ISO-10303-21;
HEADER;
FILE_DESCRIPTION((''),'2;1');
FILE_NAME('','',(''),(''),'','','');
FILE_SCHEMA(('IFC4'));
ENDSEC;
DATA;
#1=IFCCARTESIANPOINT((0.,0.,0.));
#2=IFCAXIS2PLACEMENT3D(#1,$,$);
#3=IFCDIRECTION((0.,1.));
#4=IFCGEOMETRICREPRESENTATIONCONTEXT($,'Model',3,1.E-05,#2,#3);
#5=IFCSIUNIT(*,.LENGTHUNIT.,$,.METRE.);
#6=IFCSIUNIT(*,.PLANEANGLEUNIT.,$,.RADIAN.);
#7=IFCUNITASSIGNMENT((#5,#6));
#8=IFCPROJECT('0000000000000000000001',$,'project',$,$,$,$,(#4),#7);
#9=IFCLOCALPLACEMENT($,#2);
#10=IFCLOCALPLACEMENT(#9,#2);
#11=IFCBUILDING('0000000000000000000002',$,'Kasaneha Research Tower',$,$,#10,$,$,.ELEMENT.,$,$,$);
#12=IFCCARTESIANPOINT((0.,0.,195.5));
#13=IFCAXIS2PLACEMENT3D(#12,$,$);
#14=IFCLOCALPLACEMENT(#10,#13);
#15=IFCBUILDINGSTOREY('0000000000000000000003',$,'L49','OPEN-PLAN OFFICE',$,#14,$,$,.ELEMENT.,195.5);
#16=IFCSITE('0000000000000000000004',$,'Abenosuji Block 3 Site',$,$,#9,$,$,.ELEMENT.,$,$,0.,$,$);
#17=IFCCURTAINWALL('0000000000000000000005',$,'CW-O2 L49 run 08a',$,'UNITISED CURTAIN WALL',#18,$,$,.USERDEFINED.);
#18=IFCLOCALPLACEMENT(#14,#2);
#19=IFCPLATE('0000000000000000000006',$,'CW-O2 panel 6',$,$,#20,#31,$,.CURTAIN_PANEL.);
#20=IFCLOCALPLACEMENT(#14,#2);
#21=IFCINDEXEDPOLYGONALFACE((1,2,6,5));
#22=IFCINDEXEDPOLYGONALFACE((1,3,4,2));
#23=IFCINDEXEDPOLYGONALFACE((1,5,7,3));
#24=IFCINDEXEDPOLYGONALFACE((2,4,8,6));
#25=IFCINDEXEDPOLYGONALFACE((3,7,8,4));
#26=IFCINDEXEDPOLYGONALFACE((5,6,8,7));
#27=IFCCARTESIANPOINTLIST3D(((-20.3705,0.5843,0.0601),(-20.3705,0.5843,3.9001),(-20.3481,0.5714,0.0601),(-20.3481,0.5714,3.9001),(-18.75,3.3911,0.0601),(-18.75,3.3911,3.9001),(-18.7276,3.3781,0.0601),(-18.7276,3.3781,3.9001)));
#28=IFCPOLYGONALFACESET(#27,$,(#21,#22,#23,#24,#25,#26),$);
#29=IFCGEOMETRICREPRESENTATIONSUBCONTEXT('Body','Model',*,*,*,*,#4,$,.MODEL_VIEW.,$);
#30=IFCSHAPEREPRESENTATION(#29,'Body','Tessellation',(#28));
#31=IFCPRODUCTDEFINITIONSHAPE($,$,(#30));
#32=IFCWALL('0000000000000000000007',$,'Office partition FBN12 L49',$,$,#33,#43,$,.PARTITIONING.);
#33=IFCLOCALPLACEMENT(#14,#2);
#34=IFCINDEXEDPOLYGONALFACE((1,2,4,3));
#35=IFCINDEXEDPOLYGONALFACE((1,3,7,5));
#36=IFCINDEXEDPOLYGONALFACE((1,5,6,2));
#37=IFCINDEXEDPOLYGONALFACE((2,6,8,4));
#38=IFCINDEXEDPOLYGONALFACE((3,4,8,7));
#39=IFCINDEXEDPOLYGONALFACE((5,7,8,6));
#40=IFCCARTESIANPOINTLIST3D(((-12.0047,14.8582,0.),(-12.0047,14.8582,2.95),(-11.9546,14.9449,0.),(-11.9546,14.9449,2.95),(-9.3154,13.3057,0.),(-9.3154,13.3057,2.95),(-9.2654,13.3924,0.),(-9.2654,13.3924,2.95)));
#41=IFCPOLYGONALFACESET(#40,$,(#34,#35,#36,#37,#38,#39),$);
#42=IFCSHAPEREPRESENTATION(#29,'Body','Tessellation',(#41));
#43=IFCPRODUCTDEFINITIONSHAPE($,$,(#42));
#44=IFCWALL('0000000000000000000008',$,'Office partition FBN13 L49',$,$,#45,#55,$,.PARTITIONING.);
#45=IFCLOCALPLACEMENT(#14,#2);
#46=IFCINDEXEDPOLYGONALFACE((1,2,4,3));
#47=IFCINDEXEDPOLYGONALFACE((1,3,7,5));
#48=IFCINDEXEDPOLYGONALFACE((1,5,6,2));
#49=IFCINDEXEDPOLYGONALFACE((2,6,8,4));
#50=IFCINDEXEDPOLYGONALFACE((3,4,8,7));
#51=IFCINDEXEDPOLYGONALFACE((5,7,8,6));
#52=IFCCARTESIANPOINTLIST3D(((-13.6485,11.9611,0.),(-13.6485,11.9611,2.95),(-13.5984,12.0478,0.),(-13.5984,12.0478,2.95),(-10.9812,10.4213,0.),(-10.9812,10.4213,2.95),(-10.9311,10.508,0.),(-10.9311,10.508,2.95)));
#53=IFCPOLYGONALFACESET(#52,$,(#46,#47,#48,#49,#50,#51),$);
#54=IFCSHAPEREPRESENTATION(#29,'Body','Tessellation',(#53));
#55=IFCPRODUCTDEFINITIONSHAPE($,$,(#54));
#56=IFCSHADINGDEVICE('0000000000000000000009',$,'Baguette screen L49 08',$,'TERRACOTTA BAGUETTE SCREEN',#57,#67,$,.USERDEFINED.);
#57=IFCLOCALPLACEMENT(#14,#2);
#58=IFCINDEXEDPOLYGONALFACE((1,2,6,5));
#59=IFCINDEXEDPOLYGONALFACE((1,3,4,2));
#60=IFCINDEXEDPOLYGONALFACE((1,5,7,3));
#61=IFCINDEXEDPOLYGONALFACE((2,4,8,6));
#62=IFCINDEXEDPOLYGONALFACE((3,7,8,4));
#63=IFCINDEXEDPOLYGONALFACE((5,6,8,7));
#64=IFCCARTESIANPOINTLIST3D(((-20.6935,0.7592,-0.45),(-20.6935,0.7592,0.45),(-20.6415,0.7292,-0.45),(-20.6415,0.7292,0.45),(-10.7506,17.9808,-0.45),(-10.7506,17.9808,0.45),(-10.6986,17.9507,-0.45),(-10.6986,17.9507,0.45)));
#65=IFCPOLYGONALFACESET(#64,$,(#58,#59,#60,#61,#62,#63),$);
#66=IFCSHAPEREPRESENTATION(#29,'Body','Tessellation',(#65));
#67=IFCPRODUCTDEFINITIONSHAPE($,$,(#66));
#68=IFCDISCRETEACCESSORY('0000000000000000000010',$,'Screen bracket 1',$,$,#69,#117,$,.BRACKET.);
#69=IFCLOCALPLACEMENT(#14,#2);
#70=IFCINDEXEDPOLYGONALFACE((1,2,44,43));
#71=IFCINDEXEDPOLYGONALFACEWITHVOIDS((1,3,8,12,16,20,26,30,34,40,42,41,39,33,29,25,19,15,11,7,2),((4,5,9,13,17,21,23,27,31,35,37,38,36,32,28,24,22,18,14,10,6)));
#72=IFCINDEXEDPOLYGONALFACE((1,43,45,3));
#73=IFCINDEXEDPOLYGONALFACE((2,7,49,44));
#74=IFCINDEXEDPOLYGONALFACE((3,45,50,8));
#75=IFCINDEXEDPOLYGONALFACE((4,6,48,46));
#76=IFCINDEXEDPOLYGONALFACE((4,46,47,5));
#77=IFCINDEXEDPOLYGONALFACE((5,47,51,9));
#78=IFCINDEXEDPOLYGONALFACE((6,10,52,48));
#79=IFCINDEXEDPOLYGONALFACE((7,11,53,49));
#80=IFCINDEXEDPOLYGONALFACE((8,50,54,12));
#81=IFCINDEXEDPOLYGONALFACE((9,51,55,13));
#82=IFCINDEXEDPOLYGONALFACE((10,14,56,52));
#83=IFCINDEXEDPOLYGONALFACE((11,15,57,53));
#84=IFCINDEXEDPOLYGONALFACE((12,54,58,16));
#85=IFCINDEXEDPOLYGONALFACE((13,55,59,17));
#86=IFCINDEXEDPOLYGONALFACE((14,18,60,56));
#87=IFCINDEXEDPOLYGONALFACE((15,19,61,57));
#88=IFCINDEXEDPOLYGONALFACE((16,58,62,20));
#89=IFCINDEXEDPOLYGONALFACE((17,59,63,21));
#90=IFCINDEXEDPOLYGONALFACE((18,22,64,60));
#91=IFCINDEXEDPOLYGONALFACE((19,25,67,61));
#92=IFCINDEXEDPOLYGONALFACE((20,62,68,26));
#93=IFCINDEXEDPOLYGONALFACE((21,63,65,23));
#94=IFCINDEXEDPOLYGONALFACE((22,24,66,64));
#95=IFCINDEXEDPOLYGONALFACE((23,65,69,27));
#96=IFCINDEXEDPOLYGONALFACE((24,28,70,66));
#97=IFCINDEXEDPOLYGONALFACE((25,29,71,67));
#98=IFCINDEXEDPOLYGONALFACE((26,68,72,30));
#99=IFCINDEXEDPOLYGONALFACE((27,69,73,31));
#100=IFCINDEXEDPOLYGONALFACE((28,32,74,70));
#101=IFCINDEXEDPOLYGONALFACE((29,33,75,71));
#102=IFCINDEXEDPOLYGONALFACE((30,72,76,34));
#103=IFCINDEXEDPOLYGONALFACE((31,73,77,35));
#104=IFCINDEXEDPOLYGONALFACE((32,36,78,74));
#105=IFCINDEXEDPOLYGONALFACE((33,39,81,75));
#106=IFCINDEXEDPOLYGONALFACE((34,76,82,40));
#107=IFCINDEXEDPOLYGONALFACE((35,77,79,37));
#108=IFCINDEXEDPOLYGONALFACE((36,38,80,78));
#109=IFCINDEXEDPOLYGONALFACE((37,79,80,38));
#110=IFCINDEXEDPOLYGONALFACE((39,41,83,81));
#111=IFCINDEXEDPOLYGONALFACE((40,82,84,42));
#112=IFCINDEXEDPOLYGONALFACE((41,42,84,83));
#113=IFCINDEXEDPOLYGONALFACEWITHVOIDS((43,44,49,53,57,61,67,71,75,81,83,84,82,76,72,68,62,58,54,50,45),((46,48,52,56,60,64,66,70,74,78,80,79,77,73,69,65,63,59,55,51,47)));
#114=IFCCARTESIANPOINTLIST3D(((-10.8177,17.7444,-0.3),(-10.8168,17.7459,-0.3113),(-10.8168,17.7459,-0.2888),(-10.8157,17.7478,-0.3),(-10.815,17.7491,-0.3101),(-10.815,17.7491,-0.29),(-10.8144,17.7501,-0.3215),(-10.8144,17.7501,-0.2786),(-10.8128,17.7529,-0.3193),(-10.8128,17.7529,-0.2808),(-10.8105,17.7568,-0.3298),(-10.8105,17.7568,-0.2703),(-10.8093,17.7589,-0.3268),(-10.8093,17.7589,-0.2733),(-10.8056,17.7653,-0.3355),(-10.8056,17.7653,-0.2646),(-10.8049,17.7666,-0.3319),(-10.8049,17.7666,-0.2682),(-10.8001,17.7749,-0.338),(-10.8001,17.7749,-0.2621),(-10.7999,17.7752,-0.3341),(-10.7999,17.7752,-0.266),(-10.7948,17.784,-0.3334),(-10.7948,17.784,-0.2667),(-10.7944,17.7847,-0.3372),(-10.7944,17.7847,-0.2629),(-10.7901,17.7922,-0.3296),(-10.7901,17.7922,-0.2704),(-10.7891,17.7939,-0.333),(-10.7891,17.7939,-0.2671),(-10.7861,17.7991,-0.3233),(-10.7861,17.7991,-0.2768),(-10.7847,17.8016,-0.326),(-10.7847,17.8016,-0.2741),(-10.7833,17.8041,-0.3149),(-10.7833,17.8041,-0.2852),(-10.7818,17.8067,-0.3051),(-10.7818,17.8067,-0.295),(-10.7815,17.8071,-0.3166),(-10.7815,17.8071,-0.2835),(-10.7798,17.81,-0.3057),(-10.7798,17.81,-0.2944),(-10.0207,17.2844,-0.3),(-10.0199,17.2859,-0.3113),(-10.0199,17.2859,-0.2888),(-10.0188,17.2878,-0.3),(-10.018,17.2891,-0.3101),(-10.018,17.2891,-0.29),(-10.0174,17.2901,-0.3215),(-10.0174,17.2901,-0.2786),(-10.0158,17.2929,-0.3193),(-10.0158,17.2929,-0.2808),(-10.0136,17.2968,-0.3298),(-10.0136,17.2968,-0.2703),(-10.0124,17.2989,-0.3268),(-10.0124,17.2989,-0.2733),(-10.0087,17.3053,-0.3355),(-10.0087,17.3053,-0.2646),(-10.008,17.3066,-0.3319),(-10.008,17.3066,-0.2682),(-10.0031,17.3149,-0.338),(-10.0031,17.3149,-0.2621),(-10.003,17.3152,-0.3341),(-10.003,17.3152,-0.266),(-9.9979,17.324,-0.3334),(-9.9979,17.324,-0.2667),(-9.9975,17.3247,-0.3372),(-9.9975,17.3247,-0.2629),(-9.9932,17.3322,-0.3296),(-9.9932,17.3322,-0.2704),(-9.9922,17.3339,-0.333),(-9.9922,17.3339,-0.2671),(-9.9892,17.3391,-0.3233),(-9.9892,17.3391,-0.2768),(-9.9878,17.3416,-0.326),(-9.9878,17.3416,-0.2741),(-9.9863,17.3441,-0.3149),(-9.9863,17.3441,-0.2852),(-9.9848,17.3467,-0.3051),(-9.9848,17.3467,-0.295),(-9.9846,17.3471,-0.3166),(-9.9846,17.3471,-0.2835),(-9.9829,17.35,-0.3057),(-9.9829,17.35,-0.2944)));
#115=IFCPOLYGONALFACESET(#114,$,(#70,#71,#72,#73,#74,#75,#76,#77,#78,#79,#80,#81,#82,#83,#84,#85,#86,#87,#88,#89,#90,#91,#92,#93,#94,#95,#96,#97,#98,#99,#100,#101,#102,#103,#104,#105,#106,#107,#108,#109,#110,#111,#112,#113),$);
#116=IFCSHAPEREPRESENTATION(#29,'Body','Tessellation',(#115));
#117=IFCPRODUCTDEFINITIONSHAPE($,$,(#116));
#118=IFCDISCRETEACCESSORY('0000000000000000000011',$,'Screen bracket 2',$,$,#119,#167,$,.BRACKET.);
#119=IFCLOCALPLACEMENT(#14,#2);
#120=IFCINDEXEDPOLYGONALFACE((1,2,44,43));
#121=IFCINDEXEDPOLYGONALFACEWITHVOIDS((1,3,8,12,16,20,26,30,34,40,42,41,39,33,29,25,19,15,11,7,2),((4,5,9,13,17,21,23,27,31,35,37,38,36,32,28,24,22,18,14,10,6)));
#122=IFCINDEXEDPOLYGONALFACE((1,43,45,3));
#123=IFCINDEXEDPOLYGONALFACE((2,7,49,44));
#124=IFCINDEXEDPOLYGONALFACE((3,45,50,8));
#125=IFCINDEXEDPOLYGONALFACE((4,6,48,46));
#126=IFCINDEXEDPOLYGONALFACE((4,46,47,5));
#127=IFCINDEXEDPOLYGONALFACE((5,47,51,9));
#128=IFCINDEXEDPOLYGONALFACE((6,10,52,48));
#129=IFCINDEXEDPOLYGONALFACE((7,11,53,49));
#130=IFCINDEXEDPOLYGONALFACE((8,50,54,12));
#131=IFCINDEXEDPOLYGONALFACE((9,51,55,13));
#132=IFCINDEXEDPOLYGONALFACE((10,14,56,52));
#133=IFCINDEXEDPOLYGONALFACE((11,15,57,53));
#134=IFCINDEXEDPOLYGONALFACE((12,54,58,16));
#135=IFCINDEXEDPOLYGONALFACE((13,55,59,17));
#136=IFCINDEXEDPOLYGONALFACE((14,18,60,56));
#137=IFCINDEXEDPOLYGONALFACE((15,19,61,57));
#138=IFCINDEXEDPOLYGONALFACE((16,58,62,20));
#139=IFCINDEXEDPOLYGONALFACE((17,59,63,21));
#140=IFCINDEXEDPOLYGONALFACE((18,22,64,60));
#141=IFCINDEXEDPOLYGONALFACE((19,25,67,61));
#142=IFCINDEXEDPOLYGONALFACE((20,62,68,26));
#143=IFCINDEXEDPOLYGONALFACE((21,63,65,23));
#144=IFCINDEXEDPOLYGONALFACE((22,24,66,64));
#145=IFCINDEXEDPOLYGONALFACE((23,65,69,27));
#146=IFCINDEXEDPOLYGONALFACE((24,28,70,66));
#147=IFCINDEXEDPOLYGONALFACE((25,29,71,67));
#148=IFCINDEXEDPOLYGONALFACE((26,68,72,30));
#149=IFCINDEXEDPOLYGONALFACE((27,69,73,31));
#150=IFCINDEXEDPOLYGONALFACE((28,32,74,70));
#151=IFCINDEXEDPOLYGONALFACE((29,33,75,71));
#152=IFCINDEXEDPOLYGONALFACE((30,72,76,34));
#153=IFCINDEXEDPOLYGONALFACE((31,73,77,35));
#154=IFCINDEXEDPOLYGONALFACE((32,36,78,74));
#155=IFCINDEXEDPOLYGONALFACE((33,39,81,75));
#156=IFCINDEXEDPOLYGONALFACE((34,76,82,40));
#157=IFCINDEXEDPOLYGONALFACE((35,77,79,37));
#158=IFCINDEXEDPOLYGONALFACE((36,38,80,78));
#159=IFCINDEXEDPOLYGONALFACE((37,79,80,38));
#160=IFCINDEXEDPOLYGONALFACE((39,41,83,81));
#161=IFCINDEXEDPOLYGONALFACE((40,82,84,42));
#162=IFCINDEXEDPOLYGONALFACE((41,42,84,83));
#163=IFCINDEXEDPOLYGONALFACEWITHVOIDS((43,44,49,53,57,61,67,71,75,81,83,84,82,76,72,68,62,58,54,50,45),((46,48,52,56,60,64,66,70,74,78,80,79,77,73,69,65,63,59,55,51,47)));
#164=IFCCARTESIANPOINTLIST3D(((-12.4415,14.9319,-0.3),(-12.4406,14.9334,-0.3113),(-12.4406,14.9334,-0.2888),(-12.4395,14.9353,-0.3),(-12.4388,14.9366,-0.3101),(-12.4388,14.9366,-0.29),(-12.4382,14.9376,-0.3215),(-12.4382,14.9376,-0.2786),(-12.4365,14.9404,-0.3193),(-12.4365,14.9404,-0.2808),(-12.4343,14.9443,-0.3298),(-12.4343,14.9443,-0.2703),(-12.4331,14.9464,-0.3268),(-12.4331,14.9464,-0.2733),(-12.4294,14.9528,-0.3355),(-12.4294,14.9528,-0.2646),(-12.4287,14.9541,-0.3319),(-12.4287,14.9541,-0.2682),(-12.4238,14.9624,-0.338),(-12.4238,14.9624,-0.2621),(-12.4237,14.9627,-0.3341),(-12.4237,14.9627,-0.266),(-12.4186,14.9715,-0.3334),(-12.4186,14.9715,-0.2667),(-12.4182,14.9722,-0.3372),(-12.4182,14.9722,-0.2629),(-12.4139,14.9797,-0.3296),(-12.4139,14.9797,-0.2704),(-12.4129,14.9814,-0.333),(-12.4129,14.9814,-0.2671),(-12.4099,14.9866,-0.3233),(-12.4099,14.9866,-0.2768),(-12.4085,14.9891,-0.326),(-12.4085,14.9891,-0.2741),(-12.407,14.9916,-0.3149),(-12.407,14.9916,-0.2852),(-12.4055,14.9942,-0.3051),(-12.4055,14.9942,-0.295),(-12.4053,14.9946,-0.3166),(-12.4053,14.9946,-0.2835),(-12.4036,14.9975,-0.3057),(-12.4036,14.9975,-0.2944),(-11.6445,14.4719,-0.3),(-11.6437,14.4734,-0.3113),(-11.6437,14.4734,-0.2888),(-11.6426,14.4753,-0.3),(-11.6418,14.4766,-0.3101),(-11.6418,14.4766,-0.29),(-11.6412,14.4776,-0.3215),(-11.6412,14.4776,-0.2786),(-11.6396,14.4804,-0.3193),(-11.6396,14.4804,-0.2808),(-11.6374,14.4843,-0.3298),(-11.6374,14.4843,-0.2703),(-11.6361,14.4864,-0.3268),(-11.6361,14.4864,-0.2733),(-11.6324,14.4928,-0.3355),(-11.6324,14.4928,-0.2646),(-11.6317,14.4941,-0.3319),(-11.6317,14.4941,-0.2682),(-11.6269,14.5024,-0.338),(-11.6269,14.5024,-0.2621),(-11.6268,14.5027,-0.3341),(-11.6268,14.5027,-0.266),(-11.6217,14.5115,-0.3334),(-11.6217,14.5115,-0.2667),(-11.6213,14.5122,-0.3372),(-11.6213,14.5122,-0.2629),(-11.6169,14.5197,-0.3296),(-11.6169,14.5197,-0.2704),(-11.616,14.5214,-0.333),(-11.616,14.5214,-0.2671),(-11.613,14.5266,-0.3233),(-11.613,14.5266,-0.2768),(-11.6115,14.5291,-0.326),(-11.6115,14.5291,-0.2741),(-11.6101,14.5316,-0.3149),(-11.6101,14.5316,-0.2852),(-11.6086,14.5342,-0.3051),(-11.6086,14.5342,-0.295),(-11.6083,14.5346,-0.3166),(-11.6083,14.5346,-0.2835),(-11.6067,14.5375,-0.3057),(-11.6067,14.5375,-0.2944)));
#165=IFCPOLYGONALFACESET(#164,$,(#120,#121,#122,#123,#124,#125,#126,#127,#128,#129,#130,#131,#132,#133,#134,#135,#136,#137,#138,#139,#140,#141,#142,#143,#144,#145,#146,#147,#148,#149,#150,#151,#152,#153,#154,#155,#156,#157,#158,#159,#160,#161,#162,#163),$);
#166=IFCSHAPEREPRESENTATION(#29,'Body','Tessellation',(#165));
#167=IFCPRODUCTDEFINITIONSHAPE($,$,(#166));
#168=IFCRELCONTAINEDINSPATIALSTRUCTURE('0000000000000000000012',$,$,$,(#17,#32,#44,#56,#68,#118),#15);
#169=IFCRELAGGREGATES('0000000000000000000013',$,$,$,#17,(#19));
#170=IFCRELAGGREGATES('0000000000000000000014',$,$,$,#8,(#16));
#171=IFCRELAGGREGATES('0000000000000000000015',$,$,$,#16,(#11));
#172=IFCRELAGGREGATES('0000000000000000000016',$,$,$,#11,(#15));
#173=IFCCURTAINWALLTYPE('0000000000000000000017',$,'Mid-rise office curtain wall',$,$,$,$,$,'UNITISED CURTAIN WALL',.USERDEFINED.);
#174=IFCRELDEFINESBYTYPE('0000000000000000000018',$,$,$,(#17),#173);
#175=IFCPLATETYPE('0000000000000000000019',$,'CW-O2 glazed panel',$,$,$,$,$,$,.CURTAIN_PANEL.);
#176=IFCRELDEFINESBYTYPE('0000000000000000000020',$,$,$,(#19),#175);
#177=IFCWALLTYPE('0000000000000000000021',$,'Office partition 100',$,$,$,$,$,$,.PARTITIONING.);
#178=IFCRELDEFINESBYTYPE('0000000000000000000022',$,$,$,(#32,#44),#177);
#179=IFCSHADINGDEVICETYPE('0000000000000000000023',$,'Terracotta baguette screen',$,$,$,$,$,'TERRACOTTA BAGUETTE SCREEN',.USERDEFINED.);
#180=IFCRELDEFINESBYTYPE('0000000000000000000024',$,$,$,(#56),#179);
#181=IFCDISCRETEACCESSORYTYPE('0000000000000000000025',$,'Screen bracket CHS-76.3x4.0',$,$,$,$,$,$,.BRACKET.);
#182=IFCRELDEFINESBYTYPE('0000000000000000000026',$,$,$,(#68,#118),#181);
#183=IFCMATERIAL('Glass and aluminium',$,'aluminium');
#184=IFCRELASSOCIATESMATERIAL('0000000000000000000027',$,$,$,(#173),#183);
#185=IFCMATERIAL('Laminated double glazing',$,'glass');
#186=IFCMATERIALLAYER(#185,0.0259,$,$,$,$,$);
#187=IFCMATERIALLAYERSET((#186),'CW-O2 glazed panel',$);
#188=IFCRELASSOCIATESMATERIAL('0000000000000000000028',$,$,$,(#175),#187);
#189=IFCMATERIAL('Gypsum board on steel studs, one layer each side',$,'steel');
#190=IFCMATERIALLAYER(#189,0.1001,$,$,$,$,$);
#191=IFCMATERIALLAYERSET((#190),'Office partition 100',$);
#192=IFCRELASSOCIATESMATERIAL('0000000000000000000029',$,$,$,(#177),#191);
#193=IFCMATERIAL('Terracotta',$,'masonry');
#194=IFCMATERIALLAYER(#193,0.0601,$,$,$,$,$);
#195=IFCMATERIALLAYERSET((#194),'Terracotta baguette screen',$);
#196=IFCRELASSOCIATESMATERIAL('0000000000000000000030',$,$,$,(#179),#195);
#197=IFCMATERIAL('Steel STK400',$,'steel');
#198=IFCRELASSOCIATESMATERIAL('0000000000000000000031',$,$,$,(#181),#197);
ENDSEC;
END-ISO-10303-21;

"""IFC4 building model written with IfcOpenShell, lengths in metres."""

from ifc_helpers import new_model, si_unit, direction, frame, frame_2d, origin, origin_2d, place, context, subcontext, project, spatial, rectangle, hollow_circle, extrude, material, layer, layer_set, material_profile, profile_set, type_object, element, aggregate, save


model = new_model("IFC4")

# Units and contexts
model_context = context("Model", 3, precision=1e-05, world=origin(), true_north=direction((0.0, 1.0)))
body_context = subcontext(model_context, "Body", "Model", "MODEL_VIEW")
ifc_project = project(units=[si_unit("LENGTHUNIT", "METRE"), si_unit("PLANEANGLEUNIT", "RADIAN")], contexts=[model_context])

# Site, building, storey
site_placement = place(None, origin())
site = spatial("IfcSite", under=ifc_project, at=site_placement, Name="Abenosuji Block 3 Site", CompositionType="ELEMENT", RefElevation=0.0)
building_placement = place(site_placement, origin())
building = spatial("IfcBuilding", under=site, at=building_placement, Name="Kasaneha Research Tower", CompositionType="ELEMENT")
storey_placement = place(building_placement, frame((0.0, 0.0, 195.5)))
storey = spatial("IfcBuildingStorey", under=building, at=storey_placement, Name="L49", Description="OPEN-PLAN OFFICE", CompositionType="ELEMENT", Elevation=195.5)

# Shared definitions
ifc_material_1 = material(Name="Glass and aluminium", Category="aluminium")
curtain_wall_type = type_object("IfcCurtainWallType", Name="Mid-rise office curtain wall", ElementType="UNITISED CURTAIN WALL", PredefinedType="USERDEFINED", material=ifc_material_1)

# Curtain wall
curtain_wall_1_placement = place(storey_placement, origin())
curtain_wall_1 = element("IfcCurtainWall", 1, at=curtain_wall_1_placement, inside=storey, type_object=curtain_wall_type, Name="CW-O2 L49 run 08a", ObjectType="UNITISED CURTAIN WALL", PredefinedType="USERDEFINED")

# Plate
ifc_material_2 = material(Name="Laminated double glazing", Category="glass")
ifc_layer_1 = layer(ifc_material_2, 0.0259)
ifc_layer_set_1 = layer_set([ifc_layer_1], Name="CW-O2 glazed panel")
plate_type = type_object("IfcPlateType", Name="CW-O2 glazed panel", PredefinedType="CURTAIN_PANEL", material=ifc_layer_set_1)
plate_1_placement = place(storey_placement, frame((-19.5491, 1.9812, 0.0601), z_axis=(0.0, 0.0, 1.0), x_axis=(-0.5, -0.866025, 0.0)))
plate_1 = element("IfcPlate", 2, at=plate_1_placement, type_object=plate_type, Name="CW-O2 panel 6", PredefinedType="CURTAIN_PANEL", context=body_context, shape_type="SweptSolid", body=[
    extrude(rectangle(XDim=3.241, YDim=0.0259, at=origin_2d()), origin(), (0.0, 0.0, 1.0), 3.8401),
])
aggregate(curtain_wall_1, [plate_1])

# Walls
ifc_material_3 = material(Name="Gypsum board on steel studs, one layer each side", Category="steel")
ifc_layer_2 = layer(ifc_material_3, 0.1001)
ifc_layer_set_2 = layer_set([ifc_layer_2], Name="Office partition 100")
wall_type = type_object("IfcWallType", Name="Office partition 100", PredefinedType="PARTITIONING", material=ifc_layer_set_2)
wall_1_placement = place(storey_placement, frame((-11.9797, 14.9016, 0.0), z_axis=(0.0, 0.0, 1.0), x_axis=(0.866043, -0.49997, 0.0)))
element("IfcWall", 3, at=wall_1_placement, inside=storey, type_object=wall_type, Name="Office partition FBN12 L49", PredefinedType="PARTITIONING", context=body_context, shape_type="SweptSolid", body=[
    extrude(rectangle(XDim=3.1052, YDim=0.1001, at=frame_2d((1.5527, 0.0))), origin(), (0.0, 0.0, 1.0), 2.95),
])
wall_2_placement = place(storey_placement, frame((-10.9561, 10.4646, 0.0), z_axis=(0.0, 0.0, 1.0), x_axis=(-0.866044, 0.499967, 0.0)))
element("IfcWall", 4, at=wall_2_placement, inside=storey, type_object=wall_type, Name="Office partition FBN13 L49", PredefinedType="PARTITIONING", context=body_context, shape_type="SweptSolid", body=[
    extrude(rectangle(XDim=3.0798, YDim=0.1001, at=frame_2d((1.54, 0.0))), origin(), (0.0, 0.0, 1.0), 2.95),
])

# Shading device
ifc_material_4 = material(Name="Terracotta", Category="masonry")
ifc_layer_3 = layer(ifc_material_4, 0.0601)
ifc_layer_set_3 = layer_set([ifc_layer_3], Name="Terracotta baguette screen")
shading_device_type = type_object("IfcShadingDeviceType", Name="Terracotta baguette screen", ElementType="TERRACOTTA BAGUETTE SCREEN", PredefinedType="USERDEFINED", material=ifc_layer_set_3)
shading_device_placement = place(storey_placement, frame((-15.696, 9.355, -0.45), z_axis=(0.0, 0.0, 1.0), x_axis=(-0.5, -0.866025, 0.0)))
element("IfcShadingDevice", 5, at=shading_device_placement, inside=storey, type_object=shading_device_type, Name="Baguette screen L49 08", ObjectType="TERRACOTTA BAGUETTE SCREEN", PredefinedType="USERDEFINED", context=body_context, shape_type="SweptSolid", body=[
    extrude(rectangle(XDim=19.8857, YDim=0.0601, at=origin_2d()), origin(), (0.0, 0.0, 1.0), 0.8999),
])

# Discrete accessories
ifc_material_5 = material(Name="Steel STK400", Category="steel")
ifc_material_profile_1 = material_profile(ifc_material_5, hollow_circle(Radius=0.0381, WallThickness=0.0039, at=origin_2d()), Name="CHS-76.3x4.0")
ifc_profile_set_1 = profile_set([ifc_material_profile_1], Name="Steel STK400")
discrete_accessory_type = type_object("IfcDiscreteAccessoryType", Name="Screen bracket CHS-76.3x4.0", PredefinedType="BRACKET", material=ifc_profile_set_1)
for number, where, z_axis, x_axis, name in (
    (6, (-10.0017, 17.3174, -0.3), (-0.86608, 0.499906, 0.0), (-0.499906, -0.86608, 0.0), "Screen bracket 1"),
    (7, (-11.6255, 14.5049, -0.3), (-0.86608, 0.499906, 0.0), (-0.499906, -0.86608, 0.0), "Screen bracket 2"),
):
    element("IfcDiscreteAccessory", number, at=place(storey_placement, frame(where, z_axis=z_axis, x_axis=x_axis)), inside=storey, type_object=discrete_accessory_type, Name=name, PredefinedType="BRACKET", context=body_context, shape_type="SweptSolid", body=[
        extrude(hollow_circle(Radius=0.0381, WallThickness=0.0039, at=origin_2d()), origin(), (0.0, 0.0, 1.0), 0.9202),
    ])

save(model, "model.ifc")
